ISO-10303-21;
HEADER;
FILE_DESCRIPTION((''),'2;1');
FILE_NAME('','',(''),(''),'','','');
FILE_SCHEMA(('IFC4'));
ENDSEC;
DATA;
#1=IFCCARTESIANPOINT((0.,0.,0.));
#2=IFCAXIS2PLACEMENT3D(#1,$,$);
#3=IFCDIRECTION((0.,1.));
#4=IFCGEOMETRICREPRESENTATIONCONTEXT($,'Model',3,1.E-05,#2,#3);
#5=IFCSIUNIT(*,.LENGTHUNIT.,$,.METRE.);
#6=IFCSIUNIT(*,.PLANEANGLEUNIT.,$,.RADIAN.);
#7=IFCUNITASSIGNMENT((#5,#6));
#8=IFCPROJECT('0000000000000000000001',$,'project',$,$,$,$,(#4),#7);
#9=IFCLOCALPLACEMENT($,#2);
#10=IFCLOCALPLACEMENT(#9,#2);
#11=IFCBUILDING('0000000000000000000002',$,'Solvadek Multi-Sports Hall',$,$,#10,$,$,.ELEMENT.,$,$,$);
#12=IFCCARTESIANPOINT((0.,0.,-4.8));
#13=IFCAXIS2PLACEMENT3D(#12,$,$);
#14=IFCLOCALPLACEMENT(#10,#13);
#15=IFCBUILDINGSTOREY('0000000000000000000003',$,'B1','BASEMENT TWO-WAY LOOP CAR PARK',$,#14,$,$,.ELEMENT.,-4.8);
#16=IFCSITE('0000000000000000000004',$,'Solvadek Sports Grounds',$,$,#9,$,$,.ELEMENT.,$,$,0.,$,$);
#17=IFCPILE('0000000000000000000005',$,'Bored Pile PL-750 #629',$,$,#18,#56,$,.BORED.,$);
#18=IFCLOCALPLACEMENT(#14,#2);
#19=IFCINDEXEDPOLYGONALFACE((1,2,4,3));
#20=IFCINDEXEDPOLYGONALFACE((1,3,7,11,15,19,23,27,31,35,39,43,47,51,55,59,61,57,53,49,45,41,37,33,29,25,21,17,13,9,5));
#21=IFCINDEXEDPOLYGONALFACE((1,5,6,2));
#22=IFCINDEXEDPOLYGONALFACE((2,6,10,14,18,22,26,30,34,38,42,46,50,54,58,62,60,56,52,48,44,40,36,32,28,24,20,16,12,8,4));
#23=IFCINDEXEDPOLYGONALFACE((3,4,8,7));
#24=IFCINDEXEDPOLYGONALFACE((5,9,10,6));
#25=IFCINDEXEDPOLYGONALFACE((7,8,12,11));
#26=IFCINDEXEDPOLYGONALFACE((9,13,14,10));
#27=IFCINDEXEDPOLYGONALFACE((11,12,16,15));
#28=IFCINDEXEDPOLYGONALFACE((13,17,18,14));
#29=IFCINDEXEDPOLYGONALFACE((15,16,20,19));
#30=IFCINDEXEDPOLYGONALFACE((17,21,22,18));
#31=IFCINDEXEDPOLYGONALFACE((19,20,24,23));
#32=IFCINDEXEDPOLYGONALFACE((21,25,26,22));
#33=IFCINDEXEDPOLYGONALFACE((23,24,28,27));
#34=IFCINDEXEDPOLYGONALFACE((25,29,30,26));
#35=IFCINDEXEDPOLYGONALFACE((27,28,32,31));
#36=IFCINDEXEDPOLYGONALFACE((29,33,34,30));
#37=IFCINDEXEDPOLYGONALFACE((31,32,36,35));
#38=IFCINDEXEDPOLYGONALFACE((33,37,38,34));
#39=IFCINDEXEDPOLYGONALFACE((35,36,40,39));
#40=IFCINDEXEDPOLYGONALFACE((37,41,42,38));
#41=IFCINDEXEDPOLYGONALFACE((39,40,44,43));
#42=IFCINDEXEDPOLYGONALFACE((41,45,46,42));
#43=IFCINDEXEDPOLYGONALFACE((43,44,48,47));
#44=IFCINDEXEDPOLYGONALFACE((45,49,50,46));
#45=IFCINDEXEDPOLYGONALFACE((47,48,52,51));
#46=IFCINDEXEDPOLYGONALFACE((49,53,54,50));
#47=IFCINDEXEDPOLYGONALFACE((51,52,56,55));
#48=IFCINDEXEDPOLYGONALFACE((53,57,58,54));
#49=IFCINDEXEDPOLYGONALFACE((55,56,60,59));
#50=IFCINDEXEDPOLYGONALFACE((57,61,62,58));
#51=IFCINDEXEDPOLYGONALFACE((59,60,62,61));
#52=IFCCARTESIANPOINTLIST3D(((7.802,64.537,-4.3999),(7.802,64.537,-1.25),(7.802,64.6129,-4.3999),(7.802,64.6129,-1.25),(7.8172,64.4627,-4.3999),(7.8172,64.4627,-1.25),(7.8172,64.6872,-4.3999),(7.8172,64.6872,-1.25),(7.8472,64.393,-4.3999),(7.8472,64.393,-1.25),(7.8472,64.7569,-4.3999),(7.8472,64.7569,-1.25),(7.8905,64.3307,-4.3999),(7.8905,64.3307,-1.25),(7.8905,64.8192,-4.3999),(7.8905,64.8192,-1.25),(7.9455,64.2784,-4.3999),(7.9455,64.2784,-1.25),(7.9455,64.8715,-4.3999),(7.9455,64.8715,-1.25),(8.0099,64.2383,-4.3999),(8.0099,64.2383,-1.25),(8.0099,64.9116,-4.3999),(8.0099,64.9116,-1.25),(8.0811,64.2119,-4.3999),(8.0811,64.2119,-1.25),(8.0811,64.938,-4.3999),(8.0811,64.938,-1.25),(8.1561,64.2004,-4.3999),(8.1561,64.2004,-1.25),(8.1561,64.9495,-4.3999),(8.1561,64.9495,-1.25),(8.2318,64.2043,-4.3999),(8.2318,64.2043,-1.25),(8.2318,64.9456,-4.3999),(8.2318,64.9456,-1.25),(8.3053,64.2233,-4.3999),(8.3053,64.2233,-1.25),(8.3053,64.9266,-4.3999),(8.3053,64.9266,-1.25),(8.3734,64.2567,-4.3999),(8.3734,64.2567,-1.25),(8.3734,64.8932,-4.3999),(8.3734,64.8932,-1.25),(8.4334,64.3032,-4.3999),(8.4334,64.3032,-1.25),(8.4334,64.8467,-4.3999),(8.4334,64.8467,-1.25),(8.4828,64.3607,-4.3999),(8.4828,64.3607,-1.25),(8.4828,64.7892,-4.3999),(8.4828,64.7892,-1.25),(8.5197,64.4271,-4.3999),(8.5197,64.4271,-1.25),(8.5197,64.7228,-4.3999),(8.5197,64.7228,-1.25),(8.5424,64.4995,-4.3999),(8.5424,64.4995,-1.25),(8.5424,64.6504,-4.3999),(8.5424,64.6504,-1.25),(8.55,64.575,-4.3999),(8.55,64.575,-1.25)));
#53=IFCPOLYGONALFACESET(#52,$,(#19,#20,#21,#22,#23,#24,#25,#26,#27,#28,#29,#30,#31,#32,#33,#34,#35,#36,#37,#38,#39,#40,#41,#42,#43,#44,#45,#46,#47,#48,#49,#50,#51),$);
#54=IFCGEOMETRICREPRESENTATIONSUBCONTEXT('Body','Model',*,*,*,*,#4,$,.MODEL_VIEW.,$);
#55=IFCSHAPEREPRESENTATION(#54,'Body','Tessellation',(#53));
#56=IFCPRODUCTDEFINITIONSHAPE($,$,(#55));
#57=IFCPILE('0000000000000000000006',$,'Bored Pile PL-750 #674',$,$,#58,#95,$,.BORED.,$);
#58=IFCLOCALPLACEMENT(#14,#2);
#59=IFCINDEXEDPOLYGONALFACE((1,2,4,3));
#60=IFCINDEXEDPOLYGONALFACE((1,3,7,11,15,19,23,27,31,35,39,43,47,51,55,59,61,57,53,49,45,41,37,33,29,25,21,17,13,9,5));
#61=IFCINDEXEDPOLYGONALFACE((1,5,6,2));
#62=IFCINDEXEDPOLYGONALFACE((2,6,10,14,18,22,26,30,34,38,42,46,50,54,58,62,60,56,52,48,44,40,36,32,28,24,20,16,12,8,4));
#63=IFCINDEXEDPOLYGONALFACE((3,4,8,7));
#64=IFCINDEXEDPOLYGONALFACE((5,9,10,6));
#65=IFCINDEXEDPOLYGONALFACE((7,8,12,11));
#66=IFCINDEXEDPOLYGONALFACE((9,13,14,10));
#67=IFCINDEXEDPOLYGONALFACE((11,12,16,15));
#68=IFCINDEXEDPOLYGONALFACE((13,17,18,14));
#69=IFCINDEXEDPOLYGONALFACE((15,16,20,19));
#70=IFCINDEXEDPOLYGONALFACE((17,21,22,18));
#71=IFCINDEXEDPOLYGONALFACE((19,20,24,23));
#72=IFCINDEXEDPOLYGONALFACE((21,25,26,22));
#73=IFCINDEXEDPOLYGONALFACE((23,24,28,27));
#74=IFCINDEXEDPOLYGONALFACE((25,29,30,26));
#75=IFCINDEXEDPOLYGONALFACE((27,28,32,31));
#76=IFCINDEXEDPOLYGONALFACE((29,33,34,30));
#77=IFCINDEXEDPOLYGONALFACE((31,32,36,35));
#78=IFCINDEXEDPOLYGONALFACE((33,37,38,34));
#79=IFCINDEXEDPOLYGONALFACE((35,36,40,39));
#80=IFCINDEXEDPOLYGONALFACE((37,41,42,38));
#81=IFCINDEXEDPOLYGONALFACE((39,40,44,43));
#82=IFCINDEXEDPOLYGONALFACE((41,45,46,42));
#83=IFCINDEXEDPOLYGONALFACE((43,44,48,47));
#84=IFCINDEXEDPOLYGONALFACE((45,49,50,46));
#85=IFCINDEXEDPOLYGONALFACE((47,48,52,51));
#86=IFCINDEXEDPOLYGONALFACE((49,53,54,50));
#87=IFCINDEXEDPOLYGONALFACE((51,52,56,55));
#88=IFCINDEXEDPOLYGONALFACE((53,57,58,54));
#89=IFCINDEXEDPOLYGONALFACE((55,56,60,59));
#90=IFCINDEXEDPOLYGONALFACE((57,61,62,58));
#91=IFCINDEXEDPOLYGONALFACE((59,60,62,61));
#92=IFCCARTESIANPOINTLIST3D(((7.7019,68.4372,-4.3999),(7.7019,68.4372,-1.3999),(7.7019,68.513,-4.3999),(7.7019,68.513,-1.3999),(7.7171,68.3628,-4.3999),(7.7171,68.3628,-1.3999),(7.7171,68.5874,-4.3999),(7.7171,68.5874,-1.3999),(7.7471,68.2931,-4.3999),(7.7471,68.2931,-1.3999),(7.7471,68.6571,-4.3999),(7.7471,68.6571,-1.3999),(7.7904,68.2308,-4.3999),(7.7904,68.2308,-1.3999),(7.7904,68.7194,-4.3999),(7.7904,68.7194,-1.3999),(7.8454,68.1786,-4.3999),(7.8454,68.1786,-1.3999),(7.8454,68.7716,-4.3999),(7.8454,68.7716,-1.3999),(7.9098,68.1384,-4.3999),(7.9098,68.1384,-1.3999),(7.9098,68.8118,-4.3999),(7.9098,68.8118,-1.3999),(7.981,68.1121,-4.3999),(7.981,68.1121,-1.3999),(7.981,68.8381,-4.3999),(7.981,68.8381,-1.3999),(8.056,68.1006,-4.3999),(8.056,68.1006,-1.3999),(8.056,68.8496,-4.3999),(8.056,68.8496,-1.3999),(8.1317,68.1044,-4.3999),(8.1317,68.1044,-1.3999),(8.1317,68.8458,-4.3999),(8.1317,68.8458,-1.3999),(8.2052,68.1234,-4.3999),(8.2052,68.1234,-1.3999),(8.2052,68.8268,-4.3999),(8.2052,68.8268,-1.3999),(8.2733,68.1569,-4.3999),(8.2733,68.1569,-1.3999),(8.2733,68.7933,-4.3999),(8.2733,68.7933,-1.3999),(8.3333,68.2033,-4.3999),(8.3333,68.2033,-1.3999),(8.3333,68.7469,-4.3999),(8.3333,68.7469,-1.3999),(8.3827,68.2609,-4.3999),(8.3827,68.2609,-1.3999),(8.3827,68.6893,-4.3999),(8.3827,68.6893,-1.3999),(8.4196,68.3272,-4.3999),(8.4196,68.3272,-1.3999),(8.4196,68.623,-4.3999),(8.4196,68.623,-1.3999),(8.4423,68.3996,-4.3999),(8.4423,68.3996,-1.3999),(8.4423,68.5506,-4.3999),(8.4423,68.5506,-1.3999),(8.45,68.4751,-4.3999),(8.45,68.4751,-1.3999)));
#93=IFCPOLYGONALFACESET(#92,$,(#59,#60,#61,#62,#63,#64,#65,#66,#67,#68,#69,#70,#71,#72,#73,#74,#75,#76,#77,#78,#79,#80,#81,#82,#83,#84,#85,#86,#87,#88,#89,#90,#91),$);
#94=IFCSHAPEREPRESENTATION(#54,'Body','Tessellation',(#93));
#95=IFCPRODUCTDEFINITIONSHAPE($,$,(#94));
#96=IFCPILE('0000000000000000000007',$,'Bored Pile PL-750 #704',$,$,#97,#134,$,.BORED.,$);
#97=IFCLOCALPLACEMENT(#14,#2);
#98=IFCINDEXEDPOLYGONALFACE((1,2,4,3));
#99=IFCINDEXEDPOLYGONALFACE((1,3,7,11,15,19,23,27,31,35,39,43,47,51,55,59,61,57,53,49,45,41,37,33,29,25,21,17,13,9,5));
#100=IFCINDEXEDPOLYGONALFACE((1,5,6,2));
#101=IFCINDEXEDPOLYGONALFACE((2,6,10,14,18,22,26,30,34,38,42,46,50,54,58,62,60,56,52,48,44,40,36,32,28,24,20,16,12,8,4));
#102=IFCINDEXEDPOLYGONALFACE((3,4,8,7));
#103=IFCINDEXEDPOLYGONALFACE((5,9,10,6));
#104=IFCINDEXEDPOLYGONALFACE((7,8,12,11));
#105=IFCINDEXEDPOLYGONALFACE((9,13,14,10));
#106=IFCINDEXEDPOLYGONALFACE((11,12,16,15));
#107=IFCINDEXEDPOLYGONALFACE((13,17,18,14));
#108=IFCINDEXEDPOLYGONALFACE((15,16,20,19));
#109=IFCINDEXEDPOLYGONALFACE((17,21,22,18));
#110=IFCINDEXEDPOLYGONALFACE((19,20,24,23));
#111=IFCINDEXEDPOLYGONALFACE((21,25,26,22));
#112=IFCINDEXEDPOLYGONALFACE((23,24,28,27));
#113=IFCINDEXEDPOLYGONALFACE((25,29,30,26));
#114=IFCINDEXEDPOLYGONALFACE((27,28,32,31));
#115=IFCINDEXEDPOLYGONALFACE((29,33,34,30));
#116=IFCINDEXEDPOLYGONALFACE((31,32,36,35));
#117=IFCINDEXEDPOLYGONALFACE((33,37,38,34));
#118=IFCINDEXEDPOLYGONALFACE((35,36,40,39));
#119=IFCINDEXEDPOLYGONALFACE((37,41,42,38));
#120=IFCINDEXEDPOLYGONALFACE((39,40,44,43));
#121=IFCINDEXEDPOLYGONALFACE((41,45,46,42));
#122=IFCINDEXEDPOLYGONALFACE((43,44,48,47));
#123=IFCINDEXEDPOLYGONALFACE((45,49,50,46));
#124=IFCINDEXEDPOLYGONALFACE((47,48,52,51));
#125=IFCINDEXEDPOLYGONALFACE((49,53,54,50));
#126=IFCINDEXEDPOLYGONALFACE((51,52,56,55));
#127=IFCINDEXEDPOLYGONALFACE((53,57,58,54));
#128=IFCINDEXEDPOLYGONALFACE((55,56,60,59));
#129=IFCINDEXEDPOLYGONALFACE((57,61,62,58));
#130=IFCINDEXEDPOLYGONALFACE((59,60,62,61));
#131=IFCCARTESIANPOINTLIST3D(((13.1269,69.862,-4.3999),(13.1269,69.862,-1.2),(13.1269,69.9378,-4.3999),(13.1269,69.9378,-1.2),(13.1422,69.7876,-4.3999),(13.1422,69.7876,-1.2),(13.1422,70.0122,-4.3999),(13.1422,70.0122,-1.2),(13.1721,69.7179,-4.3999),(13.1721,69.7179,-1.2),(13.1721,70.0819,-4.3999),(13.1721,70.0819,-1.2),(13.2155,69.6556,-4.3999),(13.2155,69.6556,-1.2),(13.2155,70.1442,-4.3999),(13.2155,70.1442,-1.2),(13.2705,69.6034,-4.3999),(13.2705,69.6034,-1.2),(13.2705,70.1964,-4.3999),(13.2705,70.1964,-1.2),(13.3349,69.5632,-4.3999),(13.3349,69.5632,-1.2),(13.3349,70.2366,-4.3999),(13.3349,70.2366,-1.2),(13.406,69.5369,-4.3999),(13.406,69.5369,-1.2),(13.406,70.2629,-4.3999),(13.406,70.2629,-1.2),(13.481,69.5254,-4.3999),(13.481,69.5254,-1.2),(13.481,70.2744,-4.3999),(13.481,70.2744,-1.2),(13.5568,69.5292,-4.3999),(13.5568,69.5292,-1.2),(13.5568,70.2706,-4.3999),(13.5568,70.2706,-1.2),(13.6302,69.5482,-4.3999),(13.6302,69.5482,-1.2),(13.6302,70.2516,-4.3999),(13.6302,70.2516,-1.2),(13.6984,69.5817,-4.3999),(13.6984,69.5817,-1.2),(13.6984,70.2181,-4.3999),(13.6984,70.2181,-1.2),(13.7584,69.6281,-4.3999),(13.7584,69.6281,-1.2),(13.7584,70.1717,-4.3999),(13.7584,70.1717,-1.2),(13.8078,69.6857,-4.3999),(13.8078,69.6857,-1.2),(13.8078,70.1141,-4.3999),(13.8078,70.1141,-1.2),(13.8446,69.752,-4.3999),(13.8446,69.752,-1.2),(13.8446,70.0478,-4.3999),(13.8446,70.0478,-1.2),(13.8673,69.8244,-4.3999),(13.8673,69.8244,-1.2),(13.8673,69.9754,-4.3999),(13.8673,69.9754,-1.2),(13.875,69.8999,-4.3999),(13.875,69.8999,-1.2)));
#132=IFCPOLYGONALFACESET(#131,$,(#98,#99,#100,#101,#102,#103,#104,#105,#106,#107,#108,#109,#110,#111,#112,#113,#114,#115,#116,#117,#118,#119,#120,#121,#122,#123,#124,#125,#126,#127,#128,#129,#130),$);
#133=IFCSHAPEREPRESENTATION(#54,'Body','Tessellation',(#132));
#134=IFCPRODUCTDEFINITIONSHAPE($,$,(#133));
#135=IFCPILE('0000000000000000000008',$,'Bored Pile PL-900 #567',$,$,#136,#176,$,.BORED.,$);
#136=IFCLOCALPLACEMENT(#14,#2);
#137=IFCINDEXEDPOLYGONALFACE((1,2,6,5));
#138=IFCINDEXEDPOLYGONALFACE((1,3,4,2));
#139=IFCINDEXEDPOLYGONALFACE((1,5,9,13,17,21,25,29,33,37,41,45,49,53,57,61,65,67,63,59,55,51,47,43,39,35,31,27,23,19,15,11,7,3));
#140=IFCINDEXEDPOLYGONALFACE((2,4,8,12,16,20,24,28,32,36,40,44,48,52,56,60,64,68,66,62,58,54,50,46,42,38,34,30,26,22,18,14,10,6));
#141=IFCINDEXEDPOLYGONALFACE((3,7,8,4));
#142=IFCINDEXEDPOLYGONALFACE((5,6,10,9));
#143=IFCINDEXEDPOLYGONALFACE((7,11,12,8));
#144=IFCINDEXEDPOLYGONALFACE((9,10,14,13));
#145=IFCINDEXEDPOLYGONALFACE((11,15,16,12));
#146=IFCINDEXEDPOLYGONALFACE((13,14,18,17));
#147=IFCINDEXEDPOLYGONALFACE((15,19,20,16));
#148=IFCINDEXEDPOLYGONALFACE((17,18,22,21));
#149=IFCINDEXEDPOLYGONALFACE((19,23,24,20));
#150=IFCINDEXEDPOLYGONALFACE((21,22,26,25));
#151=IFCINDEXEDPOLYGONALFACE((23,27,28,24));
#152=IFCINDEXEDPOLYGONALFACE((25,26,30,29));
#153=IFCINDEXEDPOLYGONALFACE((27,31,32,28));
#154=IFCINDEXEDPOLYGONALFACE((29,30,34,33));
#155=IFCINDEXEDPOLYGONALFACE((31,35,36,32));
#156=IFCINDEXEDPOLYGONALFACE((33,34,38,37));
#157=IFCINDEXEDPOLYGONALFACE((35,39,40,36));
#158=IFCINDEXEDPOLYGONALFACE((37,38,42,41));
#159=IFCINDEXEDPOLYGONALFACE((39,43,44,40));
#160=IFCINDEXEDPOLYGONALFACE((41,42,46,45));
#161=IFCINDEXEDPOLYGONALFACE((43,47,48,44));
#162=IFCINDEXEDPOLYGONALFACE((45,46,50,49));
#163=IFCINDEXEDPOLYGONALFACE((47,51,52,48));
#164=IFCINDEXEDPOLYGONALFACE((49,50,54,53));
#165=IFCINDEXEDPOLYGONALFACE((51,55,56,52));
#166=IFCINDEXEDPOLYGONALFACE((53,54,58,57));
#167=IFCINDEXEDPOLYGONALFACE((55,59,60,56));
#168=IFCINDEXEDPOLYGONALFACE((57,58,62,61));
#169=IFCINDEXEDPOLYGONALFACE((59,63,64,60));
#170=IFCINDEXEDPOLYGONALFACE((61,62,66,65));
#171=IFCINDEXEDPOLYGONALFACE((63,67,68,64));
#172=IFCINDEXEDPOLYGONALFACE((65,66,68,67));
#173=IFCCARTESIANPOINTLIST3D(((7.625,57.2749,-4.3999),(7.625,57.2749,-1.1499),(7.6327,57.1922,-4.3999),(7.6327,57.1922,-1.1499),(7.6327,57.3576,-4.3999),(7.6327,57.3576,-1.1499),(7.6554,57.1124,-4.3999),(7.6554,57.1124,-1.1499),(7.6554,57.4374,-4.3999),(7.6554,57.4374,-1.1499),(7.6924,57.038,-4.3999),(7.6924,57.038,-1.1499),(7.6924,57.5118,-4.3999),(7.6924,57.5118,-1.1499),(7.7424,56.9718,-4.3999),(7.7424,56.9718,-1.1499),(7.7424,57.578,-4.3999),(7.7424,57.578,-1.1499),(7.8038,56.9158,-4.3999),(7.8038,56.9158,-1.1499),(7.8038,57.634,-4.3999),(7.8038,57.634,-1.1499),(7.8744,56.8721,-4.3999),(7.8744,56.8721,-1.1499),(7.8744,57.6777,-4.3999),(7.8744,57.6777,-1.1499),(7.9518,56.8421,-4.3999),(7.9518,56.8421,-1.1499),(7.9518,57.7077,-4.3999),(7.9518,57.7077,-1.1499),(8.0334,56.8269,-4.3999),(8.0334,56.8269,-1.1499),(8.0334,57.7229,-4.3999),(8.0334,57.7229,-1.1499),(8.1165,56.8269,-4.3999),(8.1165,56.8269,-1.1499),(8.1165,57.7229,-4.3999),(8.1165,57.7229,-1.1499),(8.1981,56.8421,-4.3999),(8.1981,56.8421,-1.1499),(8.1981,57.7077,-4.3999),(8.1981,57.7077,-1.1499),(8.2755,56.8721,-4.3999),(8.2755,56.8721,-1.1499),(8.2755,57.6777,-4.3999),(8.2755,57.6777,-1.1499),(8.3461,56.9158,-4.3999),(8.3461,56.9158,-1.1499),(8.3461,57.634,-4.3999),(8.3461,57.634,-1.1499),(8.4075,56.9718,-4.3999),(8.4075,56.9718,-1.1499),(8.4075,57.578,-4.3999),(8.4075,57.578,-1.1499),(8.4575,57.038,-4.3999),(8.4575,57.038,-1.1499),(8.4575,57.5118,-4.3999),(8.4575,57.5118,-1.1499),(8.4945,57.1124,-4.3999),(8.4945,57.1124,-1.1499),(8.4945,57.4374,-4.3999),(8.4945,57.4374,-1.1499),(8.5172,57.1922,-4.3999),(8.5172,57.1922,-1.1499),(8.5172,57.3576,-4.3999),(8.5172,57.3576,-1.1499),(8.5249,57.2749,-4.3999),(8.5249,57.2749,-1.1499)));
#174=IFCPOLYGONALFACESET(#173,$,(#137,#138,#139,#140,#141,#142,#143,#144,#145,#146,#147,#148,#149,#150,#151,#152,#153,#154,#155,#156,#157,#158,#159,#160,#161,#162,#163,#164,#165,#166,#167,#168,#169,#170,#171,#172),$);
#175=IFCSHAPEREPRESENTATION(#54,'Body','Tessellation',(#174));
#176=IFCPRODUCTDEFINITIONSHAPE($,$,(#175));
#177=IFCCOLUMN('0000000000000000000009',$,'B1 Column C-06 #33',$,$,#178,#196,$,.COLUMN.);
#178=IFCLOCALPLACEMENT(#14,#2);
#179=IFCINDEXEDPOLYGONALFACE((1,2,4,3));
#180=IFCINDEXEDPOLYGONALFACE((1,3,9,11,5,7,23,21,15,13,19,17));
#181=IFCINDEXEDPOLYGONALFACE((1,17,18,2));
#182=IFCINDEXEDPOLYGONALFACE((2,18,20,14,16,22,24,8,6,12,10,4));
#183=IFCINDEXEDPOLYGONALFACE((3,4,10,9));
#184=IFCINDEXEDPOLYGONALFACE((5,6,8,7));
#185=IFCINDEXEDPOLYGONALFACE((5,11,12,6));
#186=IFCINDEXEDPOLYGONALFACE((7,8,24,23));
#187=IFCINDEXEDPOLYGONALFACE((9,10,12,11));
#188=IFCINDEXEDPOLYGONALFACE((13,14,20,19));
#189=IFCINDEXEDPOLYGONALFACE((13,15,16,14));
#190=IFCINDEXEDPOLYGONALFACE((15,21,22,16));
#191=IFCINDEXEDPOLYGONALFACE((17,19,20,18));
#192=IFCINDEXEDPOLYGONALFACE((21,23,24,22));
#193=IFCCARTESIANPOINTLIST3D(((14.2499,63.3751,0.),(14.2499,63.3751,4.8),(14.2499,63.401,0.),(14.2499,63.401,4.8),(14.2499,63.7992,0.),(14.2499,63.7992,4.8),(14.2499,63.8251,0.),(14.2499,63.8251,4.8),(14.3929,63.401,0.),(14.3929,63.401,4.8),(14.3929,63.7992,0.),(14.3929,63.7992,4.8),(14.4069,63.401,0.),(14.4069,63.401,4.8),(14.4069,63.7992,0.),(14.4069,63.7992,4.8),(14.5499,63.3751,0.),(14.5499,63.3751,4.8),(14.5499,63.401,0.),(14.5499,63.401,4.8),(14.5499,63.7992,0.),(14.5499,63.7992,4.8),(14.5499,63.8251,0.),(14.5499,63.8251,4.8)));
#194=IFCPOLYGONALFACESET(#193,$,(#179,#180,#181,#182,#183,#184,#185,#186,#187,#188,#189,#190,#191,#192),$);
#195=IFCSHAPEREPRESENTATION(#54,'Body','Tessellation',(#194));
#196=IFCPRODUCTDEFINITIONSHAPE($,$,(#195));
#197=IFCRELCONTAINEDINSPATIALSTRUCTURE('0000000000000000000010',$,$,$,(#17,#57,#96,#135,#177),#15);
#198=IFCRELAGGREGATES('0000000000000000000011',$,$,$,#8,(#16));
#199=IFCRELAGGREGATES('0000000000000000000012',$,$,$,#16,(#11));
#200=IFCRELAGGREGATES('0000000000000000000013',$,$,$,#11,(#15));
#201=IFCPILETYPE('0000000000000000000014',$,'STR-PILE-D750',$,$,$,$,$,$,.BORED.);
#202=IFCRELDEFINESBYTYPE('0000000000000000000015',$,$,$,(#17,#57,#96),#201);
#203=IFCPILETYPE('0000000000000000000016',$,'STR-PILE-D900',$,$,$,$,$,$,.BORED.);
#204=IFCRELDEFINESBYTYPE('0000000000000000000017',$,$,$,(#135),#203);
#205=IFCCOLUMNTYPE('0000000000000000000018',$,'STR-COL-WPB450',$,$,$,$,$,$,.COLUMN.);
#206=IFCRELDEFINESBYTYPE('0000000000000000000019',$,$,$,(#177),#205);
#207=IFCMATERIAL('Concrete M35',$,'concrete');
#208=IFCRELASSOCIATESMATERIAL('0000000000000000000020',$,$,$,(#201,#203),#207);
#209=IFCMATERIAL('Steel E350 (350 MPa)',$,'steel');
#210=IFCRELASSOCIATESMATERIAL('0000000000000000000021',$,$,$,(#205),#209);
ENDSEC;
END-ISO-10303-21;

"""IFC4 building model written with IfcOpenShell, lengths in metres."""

from ifc_helpers import new_model, si_unit, direction, frame, origin, origin_2d, place, context, subcontext, project, spatial, circle, i_section, extrude, material, material_profile, profile_set, type_object, element, save


model = new_model("IFC4")

# Units and contexts
model_context = context("Model", 3, precision=1e-05, world=origin(), true_north=direction((0.0, 1.0)))
body_context = subcontext(model_context, "Body", "Model", "MODEL_VIEW")
ifc_project = project(units=[si_unit("LENGTHUNIT", "METRE"), si_unit("PLANEANGLEUNIT", "RADIAN")], contexts=[model_context])

# Site, building, storey
site_placement = place(None, origin())
site = spatial("IfcSite", under=ifc_project, at=site_placement, Name="Solvadek Sports Grounds", CompositionType="ELEMENT", RefElevation=0.0)
building_placement = place(site_placement, origin())
building = spatial("IfcBuilding", under=site, at=building_placement, Name="Solvadek Multi-Sports Hall", CompositionType="ELEMENT")
storey_placement = place(building_placement, frame((0.0, 0.0, -4.8)))
storey = spatial("IfcBuildingStorey", under=building, at=storey_placement, Name="B1", Description="BASEMENT TWO-WAY LOOP CAR PARK", CompositionType="ELEMENT", Elevation=-4.8)

# Piles
ifc_material_1 = material(Name="Concrete M35", Category="concrete")
ifc_material_profile_1 = material_profile(ifc_material_1, circle(Radius=0.375, at=origin_2d()), Name="BORED PILE D750")
ifc_profile_set_1 = profile_set([ifc_material_profile_1], Name="Concrete M35")
pile_type_1 = type_object("IfcPileType", Name="STR-PILE-D750", PredefinedType="BORED", material=ifc_profile_set_1)
for number, where, z_axis, x_axis, name in (
    (1, (8.175, 64.575, -1.25), (0.0, 0.0, -1.0), (1.0, 0.0, 0.0), "Bored Pile PL-750 #629"),
):
    element("IfcPile", number, at=place(storey_placement, frame(where, z_axis=z_axis, x_axis=x_axis)), inside=storey, type_object=pile_type_1, Name=name, PredefinedType="BORED", context=body_context, shape_type="SweptSolid", body=[
        extrude(circle(Radius=0.375, at=origin_2d()), origin(), (0.0, 0.0, 1.0), 3.1499),
    ])
pile_1_placement = place(storey_placement, frame((8.075, 68.4751, -1.3999), z_axis=(0.0, 0.0, -1.0), x_axis=(1.0, 0.0, 0.0)))
element("IfcPile", 2, at=pile_1_placement, inside=storey, type_object=pile_type_1, Name="Bored Pile PL-750 #674", PredefinedType="BORED", context=body_context, shape_type="SweptSolid", body=[
    extrude(circle(Radius=0.375, at=origin_2d()), origin(), (0.0, 0.0, 1.0), 3.0),
])
pile_2_placement = place(storey_placement, frame((13.5, 69.8999, -1.2), z_axis=(0.0, 0.0, -1.0), x_axis=(1.0, 0.0, 0.0)))
element("IfcPile", 3, at=pile_2_placement, inside=storey, type_object=pile_type_1, Name="Bored Pile PL-750 #704", PredefinedType="BORED", context=body_context, shape_type="SweptSolid", body=[
    extrude(circle(Radius=0.375, at=origin_2d()), origin(), (0.0, 0.0, 1.0), 3.2),
])
ifc_material_profile_2 = material_profile(ifc_material_1, circle(Radius=0.45, at=origin_2d()), Name="BORED PILE D900")
ifc_profile_set_2 = profile_set([ifc_material_profile_2], Name="Concrete M35")
pile_type_2 = type_object("IfcPileType", Name="STR-PILE-D900", PredefinedType="BORED", material=ifc_profile_set_2)
pile_3_placement = place(storey_placement, frame((8.075, 57.2749, -1.1499), z_axis=(0.0, 0.0, -1.0), x_axis=(1.0, 0.0, 0.0)))
element("IfcPile", 4, at=pile_3_placement, inside=storey, type_object=pile_type_2, Name="Bored Pile PL-900 #567", PredefinedType="BORED", context=body_context, shape_type="SweptSolid", body=[
    extrude(circle(Radius=0.45, at=origin_2d()), origin(), (0.0, 0.0, 1.0), 3.25),
])

# Column
ifc_material_2 = material(Name="Steel E350 (350 MPa)", Category="steel")
ifc_material_profile_3 = material_profile(ifc_material_2, i_section(OverallWidth=0.3, OverallDepth=0.45, WebThickness=0.0139, FlangeThickness=0.0259, at=origin_2d()), Name="WPB 450")
ifc_profile_set_3 = profile_set([ifc_material_profile_3], Name="Steel E350 (350 MPa)")
column_type = type_object("IfcColumnType", Name="STR-COL-WPB450", PredefinedType="COLUMN", material=ifc_profile_set_3)
column_placement = place(storey_placement, frame((14.3999, 63.6001, 0.0), z_axis=(0.0, 0.0, 1.0), x_axis=(1.0, 0.0, 0.0)))
element("IfcColumn", 5, at=column_placement, inside=storey, type_object=column_type, Name="B1 Column C-06 #33", PredefinedType="COLUMN", context=body_context, shape_type="SweptSolid", body=[
    extrude(i_section(OverallWidth=0.3, OverallDepth=0.45, WebThickness=0.0139, FlangeThickness=0.0259, at=origin_2d()), origin(), (0.0, 0.0, 1.0), 4.8),
])

save(model, "model.ifc")
